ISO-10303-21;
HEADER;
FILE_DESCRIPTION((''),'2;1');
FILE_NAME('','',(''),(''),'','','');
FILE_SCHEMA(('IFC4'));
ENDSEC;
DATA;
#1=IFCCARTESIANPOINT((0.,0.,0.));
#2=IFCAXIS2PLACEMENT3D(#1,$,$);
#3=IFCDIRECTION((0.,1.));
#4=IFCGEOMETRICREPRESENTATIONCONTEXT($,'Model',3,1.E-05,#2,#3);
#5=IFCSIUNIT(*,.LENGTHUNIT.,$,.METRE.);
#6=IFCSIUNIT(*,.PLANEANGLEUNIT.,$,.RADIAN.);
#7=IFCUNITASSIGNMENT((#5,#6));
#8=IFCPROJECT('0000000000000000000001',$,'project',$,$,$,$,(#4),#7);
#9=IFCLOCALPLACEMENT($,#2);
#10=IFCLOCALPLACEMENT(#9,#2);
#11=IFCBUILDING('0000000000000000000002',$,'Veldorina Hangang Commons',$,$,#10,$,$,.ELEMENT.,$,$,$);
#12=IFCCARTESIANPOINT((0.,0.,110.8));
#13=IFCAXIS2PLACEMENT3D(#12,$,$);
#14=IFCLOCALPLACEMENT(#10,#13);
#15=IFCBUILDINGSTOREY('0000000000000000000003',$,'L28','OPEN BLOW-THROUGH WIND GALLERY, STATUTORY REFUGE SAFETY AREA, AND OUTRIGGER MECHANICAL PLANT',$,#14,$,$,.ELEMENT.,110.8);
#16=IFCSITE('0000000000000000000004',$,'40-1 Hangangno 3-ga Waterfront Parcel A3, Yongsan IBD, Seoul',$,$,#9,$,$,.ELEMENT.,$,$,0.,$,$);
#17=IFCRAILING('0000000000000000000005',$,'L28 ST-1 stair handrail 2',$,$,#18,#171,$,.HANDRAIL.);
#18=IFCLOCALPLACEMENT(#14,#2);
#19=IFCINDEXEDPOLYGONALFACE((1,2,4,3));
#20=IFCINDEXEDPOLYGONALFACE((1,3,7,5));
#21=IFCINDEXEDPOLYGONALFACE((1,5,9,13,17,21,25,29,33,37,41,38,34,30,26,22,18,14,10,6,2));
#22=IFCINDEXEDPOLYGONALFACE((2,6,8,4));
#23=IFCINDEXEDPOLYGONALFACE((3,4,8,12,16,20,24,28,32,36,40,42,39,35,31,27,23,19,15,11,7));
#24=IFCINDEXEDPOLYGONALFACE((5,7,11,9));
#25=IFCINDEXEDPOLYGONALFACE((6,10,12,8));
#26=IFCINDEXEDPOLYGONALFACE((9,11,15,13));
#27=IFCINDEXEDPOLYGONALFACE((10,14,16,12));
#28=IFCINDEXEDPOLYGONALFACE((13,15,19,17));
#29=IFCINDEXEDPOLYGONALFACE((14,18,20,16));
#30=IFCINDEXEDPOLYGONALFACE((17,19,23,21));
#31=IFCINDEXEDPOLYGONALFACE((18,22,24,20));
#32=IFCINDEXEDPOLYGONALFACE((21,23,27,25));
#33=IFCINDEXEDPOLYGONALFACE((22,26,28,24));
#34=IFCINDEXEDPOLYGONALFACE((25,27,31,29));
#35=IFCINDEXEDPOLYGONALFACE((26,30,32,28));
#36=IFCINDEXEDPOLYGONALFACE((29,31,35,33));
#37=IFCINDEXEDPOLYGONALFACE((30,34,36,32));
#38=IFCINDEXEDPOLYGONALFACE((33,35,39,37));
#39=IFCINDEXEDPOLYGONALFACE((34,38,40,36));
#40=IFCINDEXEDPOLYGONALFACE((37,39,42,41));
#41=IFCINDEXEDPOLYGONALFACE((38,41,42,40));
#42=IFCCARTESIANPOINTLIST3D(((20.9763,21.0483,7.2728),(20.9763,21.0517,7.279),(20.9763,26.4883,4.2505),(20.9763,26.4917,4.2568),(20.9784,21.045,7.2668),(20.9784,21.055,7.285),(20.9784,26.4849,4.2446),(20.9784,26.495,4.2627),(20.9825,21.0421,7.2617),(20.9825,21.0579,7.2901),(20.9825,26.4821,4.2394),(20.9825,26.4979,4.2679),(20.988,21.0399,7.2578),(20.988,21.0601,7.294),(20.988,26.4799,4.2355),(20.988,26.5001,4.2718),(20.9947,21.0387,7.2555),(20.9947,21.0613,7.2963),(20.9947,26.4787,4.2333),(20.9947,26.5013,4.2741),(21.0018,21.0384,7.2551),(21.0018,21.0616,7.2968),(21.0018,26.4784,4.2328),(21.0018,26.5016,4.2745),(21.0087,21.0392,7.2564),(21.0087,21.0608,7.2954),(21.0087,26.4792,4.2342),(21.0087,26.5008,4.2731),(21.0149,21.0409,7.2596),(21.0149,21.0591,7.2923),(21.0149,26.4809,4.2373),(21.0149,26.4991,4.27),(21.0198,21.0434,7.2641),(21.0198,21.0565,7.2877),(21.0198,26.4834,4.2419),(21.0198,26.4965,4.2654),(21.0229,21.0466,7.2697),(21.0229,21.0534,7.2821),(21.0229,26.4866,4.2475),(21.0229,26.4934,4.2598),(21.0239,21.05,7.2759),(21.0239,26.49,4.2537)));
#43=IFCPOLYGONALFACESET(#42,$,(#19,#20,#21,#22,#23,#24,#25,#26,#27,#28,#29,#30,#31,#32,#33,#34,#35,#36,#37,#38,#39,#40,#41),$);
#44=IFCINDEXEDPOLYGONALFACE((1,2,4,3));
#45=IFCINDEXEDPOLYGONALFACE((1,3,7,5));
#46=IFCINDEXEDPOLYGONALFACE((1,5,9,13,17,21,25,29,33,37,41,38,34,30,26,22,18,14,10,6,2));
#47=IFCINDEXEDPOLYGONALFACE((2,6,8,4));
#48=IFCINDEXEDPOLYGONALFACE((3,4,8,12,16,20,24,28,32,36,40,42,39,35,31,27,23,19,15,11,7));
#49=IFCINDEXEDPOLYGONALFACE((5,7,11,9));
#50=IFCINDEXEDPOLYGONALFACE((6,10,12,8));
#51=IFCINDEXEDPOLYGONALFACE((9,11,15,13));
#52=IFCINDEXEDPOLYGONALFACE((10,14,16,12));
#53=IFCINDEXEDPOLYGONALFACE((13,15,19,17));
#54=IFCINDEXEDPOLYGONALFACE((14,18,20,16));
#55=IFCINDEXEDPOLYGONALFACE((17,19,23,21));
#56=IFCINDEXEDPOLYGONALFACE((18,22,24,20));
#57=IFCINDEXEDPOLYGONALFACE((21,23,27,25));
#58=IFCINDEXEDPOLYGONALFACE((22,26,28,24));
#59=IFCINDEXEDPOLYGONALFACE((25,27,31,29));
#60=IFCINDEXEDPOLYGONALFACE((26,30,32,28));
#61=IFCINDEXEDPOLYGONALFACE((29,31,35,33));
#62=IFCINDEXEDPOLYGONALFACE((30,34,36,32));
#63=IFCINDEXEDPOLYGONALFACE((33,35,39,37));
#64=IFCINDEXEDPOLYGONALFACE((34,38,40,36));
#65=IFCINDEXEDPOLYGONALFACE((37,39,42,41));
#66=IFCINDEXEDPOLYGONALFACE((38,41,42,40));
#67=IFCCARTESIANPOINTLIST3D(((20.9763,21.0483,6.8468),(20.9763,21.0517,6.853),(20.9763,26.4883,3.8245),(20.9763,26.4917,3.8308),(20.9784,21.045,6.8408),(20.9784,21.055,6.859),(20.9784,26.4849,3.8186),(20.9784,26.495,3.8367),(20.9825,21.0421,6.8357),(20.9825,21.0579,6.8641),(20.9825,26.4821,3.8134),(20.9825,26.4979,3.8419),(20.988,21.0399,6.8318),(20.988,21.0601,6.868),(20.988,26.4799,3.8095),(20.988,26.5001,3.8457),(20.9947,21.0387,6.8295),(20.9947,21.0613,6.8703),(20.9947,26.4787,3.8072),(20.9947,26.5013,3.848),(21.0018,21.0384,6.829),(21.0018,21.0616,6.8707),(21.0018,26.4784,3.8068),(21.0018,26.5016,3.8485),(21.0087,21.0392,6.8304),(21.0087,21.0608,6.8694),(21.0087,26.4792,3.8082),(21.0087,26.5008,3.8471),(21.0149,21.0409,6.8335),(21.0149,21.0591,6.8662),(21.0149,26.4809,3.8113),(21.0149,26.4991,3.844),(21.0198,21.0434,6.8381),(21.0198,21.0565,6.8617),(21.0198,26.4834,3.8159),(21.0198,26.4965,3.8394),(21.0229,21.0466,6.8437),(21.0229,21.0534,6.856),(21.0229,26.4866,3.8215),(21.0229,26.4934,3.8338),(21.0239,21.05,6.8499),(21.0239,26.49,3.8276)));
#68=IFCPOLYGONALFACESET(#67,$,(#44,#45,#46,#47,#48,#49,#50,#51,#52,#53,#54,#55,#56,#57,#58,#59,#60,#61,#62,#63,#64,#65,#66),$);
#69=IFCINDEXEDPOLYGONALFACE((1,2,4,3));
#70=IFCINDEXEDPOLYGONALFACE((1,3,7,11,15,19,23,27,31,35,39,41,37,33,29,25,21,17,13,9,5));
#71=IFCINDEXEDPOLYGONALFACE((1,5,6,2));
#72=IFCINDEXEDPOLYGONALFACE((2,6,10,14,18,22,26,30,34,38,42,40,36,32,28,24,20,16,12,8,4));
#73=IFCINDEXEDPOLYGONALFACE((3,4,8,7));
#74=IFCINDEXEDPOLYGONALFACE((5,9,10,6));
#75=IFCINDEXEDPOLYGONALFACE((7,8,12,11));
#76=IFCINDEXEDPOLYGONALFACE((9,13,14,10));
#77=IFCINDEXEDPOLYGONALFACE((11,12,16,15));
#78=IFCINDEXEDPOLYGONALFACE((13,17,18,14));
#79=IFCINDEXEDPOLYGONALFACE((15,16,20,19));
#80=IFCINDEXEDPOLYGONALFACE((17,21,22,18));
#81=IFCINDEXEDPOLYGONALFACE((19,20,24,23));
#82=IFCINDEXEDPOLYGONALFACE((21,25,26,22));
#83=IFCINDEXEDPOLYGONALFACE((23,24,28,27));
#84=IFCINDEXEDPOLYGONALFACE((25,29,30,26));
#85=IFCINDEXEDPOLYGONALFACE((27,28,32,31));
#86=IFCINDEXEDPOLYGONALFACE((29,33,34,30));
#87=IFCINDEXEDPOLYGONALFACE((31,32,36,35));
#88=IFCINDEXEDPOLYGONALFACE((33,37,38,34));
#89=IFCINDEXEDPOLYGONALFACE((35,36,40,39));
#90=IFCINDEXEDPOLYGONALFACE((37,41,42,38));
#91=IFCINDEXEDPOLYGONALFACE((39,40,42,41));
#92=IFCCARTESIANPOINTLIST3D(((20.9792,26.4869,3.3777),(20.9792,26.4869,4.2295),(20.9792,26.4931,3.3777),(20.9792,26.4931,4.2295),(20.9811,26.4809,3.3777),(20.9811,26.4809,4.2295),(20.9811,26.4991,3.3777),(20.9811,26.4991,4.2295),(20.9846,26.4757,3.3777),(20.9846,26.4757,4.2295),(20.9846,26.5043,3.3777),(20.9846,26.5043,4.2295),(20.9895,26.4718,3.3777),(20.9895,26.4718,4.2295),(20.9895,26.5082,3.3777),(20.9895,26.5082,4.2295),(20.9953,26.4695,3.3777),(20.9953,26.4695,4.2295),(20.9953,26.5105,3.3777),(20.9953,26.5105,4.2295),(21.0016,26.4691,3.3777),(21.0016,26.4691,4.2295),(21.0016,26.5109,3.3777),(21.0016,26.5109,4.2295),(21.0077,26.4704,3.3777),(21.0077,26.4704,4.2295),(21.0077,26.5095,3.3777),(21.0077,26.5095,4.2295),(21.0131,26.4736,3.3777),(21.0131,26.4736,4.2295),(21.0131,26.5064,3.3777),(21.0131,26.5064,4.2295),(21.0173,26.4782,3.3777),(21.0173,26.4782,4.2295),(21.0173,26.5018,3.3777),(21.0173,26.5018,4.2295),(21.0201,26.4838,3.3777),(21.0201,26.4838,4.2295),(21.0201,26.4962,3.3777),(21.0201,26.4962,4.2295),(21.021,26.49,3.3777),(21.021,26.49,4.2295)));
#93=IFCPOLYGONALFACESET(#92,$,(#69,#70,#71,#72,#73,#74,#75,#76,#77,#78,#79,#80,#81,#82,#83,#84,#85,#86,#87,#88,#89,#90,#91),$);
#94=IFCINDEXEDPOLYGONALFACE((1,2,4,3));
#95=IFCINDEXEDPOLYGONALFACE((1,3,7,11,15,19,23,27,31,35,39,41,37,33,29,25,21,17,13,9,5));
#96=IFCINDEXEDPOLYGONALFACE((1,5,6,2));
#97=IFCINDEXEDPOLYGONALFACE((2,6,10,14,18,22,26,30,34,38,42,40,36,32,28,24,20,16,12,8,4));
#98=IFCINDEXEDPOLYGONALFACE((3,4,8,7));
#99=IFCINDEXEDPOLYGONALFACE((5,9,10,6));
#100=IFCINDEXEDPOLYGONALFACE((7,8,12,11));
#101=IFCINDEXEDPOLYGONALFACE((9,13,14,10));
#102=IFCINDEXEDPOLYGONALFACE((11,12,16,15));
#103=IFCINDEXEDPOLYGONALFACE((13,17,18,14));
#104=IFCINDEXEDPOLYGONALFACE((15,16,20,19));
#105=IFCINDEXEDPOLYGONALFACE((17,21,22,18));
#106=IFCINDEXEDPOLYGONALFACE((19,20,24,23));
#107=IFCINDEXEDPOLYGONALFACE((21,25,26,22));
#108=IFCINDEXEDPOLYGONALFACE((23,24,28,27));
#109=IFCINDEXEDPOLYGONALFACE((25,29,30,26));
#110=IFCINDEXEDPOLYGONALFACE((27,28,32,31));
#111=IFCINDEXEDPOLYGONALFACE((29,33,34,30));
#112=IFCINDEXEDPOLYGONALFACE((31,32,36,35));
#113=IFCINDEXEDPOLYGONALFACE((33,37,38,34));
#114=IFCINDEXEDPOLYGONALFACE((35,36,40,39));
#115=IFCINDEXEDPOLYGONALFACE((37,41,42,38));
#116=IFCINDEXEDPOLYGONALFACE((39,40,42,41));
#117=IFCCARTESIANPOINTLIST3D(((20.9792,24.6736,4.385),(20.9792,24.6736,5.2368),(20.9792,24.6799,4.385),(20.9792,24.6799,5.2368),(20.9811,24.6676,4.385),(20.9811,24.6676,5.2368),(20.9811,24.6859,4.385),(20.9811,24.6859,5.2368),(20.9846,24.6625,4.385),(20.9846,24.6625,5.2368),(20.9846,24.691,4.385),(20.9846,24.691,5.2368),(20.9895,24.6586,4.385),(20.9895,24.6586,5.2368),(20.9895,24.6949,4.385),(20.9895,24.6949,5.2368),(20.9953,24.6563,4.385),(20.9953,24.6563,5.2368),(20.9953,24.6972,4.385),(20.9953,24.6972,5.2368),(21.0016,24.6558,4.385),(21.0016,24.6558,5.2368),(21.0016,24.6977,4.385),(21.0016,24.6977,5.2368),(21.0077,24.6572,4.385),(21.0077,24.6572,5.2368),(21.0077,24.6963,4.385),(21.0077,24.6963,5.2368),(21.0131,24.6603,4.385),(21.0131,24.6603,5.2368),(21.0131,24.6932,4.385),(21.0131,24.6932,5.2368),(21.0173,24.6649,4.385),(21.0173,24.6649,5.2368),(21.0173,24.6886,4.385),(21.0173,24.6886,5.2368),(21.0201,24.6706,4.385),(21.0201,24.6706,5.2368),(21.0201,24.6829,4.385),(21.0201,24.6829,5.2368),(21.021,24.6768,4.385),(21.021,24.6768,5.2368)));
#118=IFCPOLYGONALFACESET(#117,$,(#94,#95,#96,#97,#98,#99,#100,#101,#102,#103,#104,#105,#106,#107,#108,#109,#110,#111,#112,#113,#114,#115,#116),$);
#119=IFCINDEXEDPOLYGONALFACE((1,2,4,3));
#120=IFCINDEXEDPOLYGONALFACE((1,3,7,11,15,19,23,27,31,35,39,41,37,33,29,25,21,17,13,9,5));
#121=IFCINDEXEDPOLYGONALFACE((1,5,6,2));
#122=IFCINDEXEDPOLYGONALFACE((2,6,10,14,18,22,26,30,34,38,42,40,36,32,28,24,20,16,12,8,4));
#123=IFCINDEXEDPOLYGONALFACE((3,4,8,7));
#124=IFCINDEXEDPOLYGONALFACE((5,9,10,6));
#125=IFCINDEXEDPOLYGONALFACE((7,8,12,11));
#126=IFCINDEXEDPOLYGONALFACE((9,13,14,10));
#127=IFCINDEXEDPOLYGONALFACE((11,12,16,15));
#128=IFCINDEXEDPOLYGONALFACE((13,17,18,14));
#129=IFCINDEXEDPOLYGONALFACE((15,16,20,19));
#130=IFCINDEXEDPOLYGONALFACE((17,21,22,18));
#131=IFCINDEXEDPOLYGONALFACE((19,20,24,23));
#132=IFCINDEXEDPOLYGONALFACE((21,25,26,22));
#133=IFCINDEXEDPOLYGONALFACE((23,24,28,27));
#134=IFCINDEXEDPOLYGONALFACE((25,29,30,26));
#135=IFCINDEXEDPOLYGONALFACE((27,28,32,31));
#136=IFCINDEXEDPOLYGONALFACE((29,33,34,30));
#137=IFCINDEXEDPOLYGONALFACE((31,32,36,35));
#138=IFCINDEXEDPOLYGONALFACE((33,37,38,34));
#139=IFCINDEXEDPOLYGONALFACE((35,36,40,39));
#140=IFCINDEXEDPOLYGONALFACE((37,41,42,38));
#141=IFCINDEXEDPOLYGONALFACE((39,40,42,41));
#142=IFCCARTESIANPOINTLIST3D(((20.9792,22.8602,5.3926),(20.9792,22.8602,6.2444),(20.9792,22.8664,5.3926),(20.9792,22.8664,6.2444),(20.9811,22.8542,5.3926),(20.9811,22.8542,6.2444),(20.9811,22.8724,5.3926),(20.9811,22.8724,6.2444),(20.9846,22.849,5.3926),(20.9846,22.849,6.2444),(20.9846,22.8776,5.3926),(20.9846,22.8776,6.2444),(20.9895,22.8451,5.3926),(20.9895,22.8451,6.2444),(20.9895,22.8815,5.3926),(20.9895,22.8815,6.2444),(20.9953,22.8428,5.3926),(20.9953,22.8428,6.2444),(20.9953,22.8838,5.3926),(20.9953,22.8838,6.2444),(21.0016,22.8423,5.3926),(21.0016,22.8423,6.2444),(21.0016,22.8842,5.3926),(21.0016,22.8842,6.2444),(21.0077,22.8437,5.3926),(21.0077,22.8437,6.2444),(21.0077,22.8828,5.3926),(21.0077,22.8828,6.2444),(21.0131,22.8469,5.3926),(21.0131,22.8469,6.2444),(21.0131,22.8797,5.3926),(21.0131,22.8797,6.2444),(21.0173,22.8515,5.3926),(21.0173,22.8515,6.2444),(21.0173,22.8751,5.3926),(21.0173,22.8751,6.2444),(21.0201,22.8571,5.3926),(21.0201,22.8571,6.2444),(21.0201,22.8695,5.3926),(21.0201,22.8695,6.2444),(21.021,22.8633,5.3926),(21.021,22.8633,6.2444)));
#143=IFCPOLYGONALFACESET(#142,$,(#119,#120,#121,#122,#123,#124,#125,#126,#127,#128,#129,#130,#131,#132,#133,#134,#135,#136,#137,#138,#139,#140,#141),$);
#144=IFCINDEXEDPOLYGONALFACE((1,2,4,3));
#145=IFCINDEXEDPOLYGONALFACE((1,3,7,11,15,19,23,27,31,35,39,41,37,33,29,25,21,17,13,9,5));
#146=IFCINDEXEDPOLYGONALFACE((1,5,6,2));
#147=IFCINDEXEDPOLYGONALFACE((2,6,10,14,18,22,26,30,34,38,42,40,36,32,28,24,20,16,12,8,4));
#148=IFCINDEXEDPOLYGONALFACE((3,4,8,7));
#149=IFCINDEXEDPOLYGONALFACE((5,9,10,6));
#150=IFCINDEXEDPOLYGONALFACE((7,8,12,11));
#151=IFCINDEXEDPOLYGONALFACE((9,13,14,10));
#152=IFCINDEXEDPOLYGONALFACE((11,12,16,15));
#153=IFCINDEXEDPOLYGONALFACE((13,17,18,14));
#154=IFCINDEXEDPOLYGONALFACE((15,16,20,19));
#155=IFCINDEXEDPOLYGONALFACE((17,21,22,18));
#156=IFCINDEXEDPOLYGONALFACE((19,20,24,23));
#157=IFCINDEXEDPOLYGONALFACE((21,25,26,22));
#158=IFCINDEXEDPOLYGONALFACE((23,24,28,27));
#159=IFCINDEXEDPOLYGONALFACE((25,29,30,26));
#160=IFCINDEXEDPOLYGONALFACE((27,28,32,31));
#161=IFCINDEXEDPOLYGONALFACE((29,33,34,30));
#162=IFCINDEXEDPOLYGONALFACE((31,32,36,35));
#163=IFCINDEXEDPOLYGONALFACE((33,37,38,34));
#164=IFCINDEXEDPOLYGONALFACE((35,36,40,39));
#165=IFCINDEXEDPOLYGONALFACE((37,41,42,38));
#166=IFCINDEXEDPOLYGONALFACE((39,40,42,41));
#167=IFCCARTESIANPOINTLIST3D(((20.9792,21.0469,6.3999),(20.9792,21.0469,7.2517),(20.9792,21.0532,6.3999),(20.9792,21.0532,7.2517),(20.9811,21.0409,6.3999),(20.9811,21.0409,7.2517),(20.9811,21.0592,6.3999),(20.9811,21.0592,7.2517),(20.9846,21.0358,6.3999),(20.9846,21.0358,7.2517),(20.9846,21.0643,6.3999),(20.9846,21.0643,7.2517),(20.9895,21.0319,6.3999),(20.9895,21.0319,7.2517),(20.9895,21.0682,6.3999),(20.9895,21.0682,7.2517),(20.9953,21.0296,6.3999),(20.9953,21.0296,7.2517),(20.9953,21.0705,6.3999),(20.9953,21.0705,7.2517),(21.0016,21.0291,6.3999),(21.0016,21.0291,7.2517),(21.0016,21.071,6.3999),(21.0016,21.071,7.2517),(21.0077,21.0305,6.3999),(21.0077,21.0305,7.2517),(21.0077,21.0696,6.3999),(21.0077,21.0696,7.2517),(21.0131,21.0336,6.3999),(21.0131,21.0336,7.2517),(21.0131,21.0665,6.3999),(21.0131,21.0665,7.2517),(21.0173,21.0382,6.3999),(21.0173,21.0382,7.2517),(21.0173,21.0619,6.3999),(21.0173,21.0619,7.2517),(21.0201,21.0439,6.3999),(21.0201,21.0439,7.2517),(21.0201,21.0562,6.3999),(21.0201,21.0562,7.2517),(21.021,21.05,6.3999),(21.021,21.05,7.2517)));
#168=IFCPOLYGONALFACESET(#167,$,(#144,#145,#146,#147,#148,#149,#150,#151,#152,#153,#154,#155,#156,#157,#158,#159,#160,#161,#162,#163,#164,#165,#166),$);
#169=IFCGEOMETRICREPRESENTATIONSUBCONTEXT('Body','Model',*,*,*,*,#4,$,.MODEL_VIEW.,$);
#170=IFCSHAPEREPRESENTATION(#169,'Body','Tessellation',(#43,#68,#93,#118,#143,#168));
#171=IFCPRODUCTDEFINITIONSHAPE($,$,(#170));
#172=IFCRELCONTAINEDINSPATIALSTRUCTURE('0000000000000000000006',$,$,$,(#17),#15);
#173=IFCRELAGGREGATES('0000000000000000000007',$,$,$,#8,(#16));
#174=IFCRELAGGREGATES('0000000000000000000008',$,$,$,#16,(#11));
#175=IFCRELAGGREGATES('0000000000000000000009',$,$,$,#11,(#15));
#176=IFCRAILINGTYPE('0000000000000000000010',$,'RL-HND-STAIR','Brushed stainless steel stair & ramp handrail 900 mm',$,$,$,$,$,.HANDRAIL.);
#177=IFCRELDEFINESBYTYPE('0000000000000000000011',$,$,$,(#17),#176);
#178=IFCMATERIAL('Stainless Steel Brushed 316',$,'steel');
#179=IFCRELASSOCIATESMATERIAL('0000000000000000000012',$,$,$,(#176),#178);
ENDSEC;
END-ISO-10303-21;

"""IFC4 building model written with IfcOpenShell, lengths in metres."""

from ifc_helpers import new_model, si_unit, direction, frame, origin, origin_2d, place, context, subcontext, project, spatial, circle, extrude, material, type_object, element, save


model = new_model("IFC4")

# Units and contexts
model_context = context("Model", 3, precision=1e-05, world=origin(), true_north=direction((0.0, 1.0)))
body_context = subcontext(model_context, "Body", "Model", "MODEL_VIEW")
ifc_project = project(units=[si_unit("LENGTHUNIT", "METRE"), si_unit("PLANEANGLEUNIT", "RADIAN")], contexts=[model_context])

# Site, building, storey
site_placement = place(None, origin())
site = spatial("IfcSite", under=ifc_project, at=site_placement, Name="40-1 Hangangno 3-ga Waterfront Parcel A3, Yongsan IBD, Seoul", CompositionType="ELEMENT", RefElevation=0.0)
building_placement = place(site_placement, origin())
building = spatial("IfcBuilding", under=site, at=building_placement, Name="Veldorina Hangang Commons", CompositionType="ELEMENT")
storey_placement = place(building_placement, frame((0.0, 0.0, 110.8)))
storey = spatial("IfcBuildingStorey", under=building, at=storey_placement, Name="L28", Description="OPEN BLOW-THROUGH WIND GALLERY, STATUTORY REFUGE SAFETY AREA, AND OUTRIGGER MECHANICAL PLANT", CompositionType="ELEMENT", Elevation=110.8)

# Railing
ifc_material_1 = material(Name="Stainless Steel Brushed 316", Category="steel")
railing_type_1 = type_object("IfcRailingType", Name="RL-HND-STAIR", Description="Brushed stainless steel stair & ramp handrail 900 mm", PredefinedType="HANDRAIL", material=ifc_material_1)
railing_1_placement = place(storey_placement, frame((21.0, 26.49, 3.3777)))
element("IfcRailing", 1, at=railing_1_placement, inside=storey, type_object=railing_type_1, Name="L28 ST-1 stair handrail 2", PredefinedType="HANDRAIL", context=body_context, shape_type="SweptSolid", body=[
    extrude(circle(Radius=0.0239, at=origin_2d()), frame((0.0, 0.0, 0.876), z_axis=(0.0, -0.874155, 0.485646), x_axis=(1.0, 0.0, 0.0)), (0.0, 0.0, 1.0), 6.2231),
    extrude(circle(Radius=0.0239, at=origin_2d()), frame((0.0, 0.0, 0.45), z_axis=(0.0, -0.874155, 0.485646), x_axis=(1.0, 0.0, 0.0)), (0.0, 0.0, 1.0), 6.2231),
    extrude(circle(Radius=0.021, at=origin_2d()), origin(), (0.0, 0.0, 1.0), 0.8518),
    extrude(circle(Radius=0.021, at=origin_2d()), frame((0.0, -1.8132, 1.0073)), (0.0, 0.0, 1.0), 0.8518),
    extrude(circle(Radius=0.021, at=origin_2d()), frame((0.0, -3.6267, 2.0149)), (0.0, 0.0, 1.0), 0.8518),
    extrude(circle(Radius=0.021, at=origin_2d()), frame((0.0, -5.4399, 3.0222)), (0.0, 0.0, 1.0), 0.8518),
])

save(model, "model.ifc")
